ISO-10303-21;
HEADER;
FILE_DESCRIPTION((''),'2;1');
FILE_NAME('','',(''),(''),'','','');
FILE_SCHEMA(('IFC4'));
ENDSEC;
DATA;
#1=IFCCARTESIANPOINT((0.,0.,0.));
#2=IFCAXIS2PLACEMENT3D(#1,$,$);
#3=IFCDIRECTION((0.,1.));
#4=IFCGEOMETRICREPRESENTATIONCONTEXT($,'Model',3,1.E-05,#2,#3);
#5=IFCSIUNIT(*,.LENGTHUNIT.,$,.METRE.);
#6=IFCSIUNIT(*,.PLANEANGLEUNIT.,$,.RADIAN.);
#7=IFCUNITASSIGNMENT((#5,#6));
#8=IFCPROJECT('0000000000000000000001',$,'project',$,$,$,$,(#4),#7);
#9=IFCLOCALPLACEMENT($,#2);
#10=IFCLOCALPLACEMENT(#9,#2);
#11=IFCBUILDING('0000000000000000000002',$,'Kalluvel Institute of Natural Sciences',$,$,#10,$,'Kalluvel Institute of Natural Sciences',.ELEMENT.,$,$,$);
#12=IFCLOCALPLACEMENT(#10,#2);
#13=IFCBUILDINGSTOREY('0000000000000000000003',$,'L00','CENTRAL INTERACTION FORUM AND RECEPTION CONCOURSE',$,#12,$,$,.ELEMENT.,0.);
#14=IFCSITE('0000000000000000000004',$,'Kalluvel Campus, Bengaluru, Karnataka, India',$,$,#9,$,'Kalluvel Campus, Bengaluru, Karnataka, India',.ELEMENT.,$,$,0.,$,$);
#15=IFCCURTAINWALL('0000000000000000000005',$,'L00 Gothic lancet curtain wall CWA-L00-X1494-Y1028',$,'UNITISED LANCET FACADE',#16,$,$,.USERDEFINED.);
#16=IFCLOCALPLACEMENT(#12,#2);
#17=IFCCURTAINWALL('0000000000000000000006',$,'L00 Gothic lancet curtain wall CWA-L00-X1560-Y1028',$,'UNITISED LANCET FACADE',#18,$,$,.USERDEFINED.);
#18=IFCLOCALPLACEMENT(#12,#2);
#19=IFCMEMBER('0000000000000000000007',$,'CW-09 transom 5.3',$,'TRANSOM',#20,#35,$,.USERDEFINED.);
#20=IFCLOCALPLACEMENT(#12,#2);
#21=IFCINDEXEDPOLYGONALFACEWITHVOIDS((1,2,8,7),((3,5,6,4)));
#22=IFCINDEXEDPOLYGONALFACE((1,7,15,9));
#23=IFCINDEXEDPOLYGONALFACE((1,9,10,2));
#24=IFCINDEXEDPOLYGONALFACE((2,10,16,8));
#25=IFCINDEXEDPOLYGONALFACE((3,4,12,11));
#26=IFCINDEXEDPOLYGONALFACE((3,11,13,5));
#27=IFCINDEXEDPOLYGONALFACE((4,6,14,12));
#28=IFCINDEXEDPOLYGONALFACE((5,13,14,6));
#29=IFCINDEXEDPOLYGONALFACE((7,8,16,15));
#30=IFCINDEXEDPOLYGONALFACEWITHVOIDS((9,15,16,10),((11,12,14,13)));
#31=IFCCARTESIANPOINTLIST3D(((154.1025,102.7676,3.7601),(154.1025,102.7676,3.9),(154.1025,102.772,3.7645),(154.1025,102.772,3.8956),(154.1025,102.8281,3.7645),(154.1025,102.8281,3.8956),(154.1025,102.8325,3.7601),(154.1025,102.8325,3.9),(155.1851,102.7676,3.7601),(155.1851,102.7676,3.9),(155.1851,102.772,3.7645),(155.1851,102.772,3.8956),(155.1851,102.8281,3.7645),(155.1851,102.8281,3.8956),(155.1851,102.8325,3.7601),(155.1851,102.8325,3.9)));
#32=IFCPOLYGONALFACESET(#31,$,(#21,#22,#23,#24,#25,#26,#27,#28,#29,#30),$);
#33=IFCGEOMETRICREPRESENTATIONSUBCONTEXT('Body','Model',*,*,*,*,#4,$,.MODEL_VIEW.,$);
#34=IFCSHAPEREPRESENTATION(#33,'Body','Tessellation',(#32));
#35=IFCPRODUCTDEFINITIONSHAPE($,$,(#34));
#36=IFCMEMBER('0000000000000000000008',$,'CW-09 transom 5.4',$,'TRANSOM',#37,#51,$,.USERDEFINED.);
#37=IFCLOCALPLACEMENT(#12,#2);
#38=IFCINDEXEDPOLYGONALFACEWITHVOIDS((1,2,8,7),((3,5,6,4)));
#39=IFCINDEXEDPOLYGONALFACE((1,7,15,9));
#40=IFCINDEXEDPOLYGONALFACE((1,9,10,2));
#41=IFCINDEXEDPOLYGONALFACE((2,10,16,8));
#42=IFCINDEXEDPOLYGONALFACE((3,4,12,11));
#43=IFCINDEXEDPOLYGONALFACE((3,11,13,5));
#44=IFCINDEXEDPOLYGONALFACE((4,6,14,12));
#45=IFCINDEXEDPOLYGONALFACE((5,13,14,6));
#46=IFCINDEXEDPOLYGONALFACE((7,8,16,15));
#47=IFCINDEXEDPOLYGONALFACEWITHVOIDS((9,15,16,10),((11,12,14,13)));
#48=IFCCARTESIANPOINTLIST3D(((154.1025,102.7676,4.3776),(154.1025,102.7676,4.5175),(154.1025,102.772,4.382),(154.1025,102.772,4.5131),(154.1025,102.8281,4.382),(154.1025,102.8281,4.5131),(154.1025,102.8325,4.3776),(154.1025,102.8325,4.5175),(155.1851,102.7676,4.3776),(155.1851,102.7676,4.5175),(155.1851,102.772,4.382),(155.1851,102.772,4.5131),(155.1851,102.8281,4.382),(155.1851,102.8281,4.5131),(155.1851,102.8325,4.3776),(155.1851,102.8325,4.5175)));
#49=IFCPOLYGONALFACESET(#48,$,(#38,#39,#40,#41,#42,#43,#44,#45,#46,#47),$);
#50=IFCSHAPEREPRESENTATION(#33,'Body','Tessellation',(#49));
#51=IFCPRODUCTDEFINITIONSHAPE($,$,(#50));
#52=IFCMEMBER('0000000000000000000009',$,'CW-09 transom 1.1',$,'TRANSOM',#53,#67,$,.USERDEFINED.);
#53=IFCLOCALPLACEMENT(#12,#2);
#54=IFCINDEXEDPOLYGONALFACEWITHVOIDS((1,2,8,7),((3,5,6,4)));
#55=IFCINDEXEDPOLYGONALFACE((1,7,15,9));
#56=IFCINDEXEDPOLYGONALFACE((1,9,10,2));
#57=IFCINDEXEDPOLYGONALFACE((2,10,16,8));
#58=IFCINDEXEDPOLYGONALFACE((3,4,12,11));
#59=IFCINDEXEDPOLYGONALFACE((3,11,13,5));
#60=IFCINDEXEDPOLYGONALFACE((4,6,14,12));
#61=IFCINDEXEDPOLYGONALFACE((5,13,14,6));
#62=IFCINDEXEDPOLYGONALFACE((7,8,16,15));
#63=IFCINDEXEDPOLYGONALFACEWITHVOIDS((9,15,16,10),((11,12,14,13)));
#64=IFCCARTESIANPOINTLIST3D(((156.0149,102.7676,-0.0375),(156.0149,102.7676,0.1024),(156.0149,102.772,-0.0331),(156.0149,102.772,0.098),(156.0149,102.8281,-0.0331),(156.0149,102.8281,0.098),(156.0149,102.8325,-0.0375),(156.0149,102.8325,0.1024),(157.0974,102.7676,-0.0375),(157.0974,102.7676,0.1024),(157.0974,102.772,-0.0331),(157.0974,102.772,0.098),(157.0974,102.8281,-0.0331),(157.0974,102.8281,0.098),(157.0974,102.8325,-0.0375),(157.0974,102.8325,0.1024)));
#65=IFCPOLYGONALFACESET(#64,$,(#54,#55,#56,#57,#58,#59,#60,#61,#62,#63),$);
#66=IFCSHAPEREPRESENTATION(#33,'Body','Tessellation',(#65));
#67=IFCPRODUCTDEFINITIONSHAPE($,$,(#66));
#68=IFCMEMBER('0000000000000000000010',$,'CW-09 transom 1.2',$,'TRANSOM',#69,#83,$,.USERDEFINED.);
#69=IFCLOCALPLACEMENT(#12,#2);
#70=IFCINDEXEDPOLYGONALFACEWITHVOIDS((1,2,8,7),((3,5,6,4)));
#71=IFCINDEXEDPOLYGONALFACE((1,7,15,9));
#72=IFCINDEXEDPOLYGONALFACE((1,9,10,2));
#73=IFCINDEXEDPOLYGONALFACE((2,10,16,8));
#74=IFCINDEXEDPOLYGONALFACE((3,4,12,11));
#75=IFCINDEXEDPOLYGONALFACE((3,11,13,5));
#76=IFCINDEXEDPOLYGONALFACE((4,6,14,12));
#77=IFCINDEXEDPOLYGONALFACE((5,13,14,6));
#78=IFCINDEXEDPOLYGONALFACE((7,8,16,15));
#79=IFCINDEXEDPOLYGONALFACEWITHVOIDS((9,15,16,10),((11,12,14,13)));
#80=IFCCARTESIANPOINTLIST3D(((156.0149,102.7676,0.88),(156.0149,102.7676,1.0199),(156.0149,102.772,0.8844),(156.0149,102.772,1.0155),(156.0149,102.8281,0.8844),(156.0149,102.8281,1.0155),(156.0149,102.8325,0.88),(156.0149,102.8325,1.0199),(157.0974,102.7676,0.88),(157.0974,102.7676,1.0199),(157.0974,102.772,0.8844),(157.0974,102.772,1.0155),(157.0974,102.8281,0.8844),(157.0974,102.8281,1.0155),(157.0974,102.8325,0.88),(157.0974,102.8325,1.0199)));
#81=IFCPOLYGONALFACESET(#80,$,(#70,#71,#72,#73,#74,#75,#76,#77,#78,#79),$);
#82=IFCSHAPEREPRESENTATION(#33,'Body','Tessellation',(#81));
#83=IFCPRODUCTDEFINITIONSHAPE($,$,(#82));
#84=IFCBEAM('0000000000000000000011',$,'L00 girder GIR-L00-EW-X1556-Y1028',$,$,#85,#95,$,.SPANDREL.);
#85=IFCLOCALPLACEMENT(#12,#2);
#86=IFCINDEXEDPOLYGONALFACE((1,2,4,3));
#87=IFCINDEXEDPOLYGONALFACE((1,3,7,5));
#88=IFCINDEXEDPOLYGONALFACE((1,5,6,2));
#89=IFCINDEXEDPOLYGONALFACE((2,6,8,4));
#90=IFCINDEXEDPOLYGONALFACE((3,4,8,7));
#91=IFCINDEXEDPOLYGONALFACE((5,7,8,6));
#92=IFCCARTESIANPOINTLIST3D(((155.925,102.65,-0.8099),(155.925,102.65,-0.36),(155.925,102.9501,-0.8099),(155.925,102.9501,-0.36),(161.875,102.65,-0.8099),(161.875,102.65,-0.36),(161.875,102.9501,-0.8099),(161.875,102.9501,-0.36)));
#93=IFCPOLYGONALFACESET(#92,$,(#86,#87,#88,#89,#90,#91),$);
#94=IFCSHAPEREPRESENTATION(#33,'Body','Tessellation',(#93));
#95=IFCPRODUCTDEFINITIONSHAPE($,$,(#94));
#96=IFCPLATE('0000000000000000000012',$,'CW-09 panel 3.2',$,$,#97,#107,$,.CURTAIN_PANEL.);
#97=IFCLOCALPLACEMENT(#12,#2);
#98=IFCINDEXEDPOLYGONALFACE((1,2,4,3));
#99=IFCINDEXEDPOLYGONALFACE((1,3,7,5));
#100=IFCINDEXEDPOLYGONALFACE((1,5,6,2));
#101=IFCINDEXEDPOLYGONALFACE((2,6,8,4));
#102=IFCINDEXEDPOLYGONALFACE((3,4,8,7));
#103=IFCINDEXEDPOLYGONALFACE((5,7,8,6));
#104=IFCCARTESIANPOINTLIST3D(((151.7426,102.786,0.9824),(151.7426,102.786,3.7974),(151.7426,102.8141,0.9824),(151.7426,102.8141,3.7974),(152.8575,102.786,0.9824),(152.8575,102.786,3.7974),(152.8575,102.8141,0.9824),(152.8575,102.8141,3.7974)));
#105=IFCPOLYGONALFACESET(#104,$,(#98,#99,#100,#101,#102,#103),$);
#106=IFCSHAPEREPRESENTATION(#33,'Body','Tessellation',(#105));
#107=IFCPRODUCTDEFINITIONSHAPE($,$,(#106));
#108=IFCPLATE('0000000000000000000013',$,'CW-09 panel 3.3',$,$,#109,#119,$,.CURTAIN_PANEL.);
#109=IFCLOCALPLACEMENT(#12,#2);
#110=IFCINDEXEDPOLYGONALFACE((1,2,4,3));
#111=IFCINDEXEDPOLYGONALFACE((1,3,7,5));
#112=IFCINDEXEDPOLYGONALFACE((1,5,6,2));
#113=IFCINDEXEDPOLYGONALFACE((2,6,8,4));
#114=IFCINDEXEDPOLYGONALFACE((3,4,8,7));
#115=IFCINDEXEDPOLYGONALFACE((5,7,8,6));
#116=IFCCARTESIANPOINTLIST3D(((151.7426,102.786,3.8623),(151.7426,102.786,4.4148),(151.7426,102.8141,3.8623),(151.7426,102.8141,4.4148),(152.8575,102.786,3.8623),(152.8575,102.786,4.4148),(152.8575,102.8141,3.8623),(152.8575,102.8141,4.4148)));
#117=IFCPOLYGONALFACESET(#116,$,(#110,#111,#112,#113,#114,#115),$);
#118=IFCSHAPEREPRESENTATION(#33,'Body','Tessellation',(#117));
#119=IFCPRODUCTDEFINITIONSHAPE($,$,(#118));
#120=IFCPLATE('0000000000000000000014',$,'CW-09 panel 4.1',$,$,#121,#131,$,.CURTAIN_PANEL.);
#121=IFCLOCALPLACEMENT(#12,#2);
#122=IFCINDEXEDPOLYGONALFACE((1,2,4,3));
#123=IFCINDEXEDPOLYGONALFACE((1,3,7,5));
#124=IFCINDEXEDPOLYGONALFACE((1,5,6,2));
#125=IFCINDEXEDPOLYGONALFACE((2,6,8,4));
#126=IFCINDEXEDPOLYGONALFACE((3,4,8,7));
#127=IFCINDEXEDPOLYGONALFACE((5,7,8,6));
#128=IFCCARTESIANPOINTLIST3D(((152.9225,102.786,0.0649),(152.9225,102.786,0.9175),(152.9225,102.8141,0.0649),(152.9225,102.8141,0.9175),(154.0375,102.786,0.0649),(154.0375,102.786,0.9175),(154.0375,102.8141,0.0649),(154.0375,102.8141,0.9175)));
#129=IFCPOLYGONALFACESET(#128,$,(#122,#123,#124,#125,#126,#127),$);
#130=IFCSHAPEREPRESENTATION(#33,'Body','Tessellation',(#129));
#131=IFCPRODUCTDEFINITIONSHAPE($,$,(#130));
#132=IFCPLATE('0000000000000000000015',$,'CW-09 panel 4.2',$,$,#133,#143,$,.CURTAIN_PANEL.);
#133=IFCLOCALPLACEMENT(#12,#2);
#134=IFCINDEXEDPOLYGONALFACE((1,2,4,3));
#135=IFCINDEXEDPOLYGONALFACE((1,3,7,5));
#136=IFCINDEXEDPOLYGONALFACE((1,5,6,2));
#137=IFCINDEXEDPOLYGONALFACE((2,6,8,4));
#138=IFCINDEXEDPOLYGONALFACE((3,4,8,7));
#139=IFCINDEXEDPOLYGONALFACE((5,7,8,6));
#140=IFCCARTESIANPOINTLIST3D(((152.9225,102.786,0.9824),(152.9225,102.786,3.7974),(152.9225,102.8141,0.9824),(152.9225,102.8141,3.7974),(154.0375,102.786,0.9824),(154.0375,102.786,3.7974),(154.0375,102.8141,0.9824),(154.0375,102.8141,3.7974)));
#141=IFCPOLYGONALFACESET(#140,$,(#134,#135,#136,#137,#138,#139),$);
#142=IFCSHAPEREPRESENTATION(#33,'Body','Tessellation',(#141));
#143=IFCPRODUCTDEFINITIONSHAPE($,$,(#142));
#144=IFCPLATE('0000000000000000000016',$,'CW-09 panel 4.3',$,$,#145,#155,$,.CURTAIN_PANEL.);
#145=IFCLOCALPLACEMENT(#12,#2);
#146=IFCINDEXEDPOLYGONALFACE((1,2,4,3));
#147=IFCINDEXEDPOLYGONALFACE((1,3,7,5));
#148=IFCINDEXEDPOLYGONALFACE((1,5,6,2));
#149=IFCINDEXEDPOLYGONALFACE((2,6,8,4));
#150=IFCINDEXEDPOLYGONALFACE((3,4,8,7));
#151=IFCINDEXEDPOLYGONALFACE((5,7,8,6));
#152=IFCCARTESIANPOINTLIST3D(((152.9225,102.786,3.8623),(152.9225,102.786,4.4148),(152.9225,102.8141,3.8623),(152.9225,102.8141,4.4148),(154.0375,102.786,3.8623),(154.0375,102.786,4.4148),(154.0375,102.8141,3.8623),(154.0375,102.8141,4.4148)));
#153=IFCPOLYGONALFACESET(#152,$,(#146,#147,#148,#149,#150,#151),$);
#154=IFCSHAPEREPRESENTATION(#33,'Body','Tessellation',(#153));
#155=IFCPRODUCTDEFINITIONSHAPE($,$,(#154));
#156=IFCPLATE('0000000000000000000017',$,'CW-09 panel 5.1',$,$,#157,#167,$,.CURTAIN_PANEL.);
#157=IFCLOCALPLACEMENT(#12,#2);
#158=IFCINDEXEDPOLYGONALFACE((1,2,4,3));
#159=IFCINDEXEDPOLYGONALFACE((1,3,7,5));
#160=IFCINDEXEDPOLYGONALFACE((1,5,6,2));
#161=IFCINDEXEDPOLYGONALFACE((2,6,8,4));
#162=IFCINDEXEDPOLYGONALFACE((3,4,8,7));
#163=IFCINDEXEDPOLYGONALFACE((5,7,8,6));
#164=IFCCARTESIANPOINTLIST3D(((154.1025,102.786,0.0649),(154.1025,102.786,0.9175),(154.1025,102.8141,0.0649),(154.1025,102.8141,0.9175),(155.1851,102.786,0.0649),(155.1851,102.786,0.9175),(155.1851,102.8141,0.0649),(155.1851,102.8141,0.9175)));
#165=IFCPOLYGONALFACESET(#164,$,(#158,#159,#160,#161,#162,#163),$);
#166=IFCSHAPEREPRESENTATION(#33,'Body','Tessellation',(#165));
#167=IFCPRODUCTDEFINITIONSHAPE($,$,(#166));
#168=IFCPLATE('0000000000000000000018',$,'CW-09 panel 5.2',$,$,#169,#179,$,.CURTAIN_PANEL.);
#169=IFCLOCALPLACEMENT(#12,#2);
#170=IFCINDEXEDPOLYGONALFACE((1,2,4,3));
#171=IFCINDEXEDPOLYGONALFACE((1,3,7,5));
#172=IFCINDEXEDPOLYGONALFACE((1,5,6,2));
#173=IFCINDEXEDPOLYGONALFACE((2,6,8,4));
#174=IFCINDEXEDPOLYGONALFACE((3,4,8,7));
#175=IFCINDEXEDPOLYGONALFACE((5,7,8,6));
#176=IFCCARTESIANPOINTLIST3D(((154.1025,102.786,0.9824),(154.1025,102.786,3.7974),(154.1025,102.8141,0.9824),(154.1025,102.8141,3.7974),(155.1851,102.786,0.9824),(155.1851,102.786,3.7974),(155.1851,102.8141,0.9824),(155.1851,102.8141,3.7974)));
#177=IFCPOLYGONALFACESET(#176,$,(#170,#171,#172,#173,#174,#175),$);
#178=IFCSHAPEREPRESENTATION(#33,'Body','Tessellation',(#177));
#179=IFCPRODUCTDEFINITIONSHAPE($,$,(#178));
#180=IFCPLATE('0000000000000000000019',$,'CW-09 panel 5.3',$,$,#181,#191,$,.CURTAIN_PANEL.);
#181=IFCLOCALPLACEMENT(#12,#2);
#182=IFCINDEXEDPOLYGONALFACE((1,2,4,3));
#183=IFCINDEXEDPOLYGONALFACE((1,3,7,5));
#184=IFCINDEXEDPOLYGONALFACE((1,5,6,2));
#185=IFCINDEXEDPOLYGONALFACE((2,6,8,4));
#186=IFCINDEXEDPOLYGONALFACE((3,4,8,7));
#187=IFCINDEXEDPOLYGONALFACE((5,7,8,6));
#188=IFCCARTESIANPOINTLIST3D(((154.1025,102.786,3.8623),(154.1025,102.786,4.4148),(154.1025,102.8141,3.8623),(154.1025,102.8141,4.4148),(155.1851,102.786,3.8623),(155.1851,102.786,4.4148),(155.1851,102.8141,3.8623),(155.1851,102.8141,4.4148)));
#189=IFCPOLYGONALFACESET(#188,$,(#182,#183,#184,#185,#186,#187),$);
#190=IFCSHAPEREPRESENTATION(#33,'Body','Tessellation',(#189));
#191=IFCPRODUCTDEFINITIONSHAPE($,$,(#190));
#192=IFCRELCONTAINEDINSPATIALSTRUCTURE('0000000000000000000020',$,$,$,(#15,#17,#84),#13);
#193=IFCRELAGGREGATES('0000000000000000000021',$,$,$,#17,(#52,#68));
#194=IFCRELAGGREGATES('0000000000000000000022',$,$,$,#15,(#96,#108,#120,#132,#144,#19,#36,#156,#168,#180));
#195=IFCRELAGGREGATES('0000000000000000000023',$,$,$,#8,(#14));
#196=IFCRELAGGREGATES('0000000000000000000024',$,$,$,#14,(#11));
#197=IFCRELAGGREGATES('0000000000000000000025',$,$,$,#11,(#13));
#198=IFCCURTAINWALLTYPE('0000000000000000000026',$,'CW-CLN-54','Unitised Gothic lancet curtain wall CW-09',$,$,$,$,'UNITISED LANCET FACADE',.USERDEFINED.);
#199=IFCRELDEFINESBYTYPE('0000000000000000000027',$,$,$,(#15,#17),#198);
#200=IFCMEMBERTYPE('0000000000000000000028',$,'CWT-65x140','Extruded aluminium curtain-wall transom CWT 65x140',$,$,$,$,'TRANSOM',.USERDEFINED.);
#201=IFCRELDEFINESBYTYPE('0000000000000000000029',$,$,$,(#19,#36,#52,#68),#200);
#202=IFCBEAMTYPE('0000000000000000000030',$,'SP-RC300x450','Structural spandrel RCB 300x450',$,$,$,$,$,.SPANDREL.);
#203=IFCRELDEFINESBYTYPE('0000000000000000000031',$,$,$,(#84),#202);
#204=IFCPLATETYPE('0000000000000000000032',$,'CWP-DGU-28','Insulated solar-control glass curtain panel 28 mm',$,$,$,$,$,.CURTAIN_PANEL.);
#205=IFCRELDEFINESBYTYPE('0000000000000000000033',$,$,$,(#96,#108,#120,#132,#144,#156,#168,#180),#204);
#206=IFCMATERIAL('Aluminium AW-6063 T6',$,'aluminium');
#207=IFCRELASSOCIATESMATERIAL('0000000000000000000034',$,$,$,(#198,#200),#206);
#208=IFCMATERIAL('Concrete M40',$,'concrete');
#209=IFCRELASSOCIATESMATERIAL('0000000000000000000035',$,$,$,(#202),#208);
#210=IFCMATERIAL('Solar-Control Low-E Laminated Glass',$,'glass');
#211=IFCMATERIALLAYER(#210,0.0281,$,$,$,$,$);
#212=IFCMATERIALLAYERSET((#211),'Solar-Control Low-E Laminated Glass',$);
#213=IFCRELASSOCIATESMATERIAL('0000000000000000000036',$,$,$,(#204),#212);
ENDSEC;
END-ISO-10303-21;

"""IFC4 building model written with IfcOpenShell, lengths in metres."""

from ifc_helpers import new_model, si_unit, direction, frame, origin, origin_2d, place, context, subcontext, project, spatial, rectangle, hollow_rectangle, extrude, material, layer, layer_set, material_profile, profile_set, type_object, element, aggregate, save


model = new_model("IFC4")

# Units and contexts
model_context = context("Model", 3, precision=1e-05, world=origin(), true_north=direction((0.0, 1.0)))
body_context = subcontext(model_context, "Body", "Model", "MODEL_VIEW")
ifc_project = project(units=[si_unit("LENGTHUNIT", "METRE"), si_unit("PLANEANGLEUNIT", "RADIAN")], contexts=[model_context])

# Site, building, storey
site_placement = place(None, origin())
site = spatial("IfcSite", under=ifc_project, at=site_placement, Name="Kalluvel Campus, Bengaluru, Karnataka, India", LongName="Kalluvel Campus, Bengaluru, Karnataka, India", CompositionType="ELEMENT", RefElevation=0.0)
building_placement = place(site_placement, origin())
building = spatial("IfcBuilding", under=site, at=building_placement, Name="Kalluvel Institute of Natural Sciences", LongName="Kalluvel Institute of Natural Sciences", CompositionType="ELEMENT")
storey_placement = place(building_placement, origin())
storey = spatial("IfcBuildingStorey", under=building, at=storey_placement, Name="L00", Description="CENTRAL INTERACTION FORUM AND RECEPTION CONCOURSE", CompositionType="ELEMENT", Elevation=0.0)

# Shared definitions
ifc_material_1 = material(Name="Concrete M40", Category="concrete")

# Curtain wall
ifc_material_2 = material(Name="Aluminium AW-6063 T6", Category="aluminium")
curtain_wall_type = type_object("IfcCurtainWallType", Name="CW-CLN-54", Description="Unitised Gothic lancet curtain wall CW-09", ElementType="UNITISED LANCET FACADE", PredefinedType="USERDEFINED", material=ifc_material_2)
curtain_wall_1_placement = place(storey_placement, origin())
curtain_wall_1 = element("IfcCurtainWall", 1, at=curtain_wall_1_placement, inside=storey, type_object=curtain_wall_type, Name="L00 Gothic lancet curtain wall CWA-L00-X1494-Y1028", ObjectType="UNITISED LANCET FACADE", PredefinedType="USERDEFINED")

# Curtain wall
curtain_wall_2_placement = place(storey_placement, origin())
curtain_wall_2 = element("IfcCurtainWall", 2, at=curtain_wall_2_placement, inside=storey, type_object=curtain_wall_type, Name="L00 Gothic lancet curtain wall CWA-L00-X1560-Y1028", ObjectType="UNITISED LANCET FACADE", PredefinedType="USERDEFINED")

# Members
ifc_material_profile_1 = material_profile(ifc_material_2, hollow_rectangle(XDim=0.0649, YDim=0.1399, WallThickness=0.0044, at=origin_2d()), Name="CWT 65x140")
ifc_profile_set_1 = profile_set([ifc_material_profile_1], Name="Aluminium AW-6063 T6")
member_type_1 = type_object("IfcMemberType", Name="CWT-65x140", Description="Extruded aluminium curtain-wall transom CWT 65x140", ElementType="TRANSOM", PredefinedType="USERDEFINED", material=ifc_profile_set_1)
member_1_placement = place(storey_placement, frame((154.1025, 102.8, 3.8301), z_axis=(1.0, 0.0, 0.0), x_axis=(0.0, 1.0, 0.0)))
member_1 = element("IfcMember", 3, at=member_1_placement, type_object=member_type_1, Name="CW-09 transom 5.3", ObjectType="TRANSOM", PredefinedType="USERDEFINED", context=body_context, shape_type="SweptSolid", body=[
    extrude(hollow_rectangle(XDim=0.0649, YDim=0.1399, WallThickness=0.0044, at=origin_2d()), origin(), (0.0, 0.0, 1.0), 1.0825),
])
member_2_placement = place(storey_placement, frame((154.1025, 102.8, 4.4475), z_axis=(1.0, 0.0, 0.0), x_axis=(0.0, 1.0, 0.0)))
member_2 = element("IfcMember", 4, at=member_2_placement, type_object=member_type_1, Name="CW-09 transom 5.4", ObjectType="TRANSOM", PredefinedType="USERDEFINED", context=body_context, shape_type="SweptSolid", body=[
    extrude(hollow_rectangle(XDim=0.0649, YDim=0.1399, WallThickness=0.0044, at=origin_2d()), origin(), (0.0, 0.0, 1.0), 1.0825),
])
member_3_placement = place(storey_placement, frame((156.0149, 102.8, 0.0325), z_axis=(1.0, 0.0, 0.0), x_axis=(0.0, 1.0, 0.0)))
member_3 = element("IfcMember", 5, at=member_3_placement, type_object=member_type_1, Name="CW-09 transom 1.1", ObjectType="TRANSOM", PredefinedType="USERDEFINED", context=body_context, shape_type="SweptSolid", body=[
    extrude(hollow_rectangle(XDim=0.0649, YDim=0.1399, WallThickness=0.0044, at=origin_2d()), origin(), (0.0, 0.0, 1.0), 1.0825),
])
member_4_placement = place(storey_placement, frame((156.0149, 102.8, 0.95), z_axis=(1.0, 0.0, 0.0), x_axis=(0.0, 1.0, 0.0)))
member_4 = element("IfcMember", 6, at=member_4_placement, type_object=member_type_1, Name="CW-09 transom 1.2", ObjectType="TRANSOM", PredefinedType="USERDEFINED", context=body_context, shape_type="SweptSolid", body=[
    extrude(hollow_rectangle(XDim=0.0649, YDim=0.1399, WallThickness=0.0044, at=origin_2d()), origin(), (0.0, 0.0, 1.0), 1.0825),
])
aggregate(curtain_wall_2, [member_3, member_4])

# Beam
ifc_material_profile_2 = material_profile(ifc_material_1, rectangle(XDim=0.3, YDim=0.45, at=origin_2d()), Name="RCB 300x450")
ifc_profile_set_2 = profile_set([ifc_material_profile_2], Name="Concrete M40")
beam_type = type_object("IfcBeamType", Name="SP-RC300x450", Description="Structural spandrel RCB 300x450", PredefinedType="SPANDREL", material=ifc_profile_set_2)
beam_placement = place(storey_placement, frame((155.925, 102.8, -0.585), z_axis=(1.0, 0.0, 0.0), x_axis=(0.0, 1.0, 0.0)))
element("IfcBeam", 7, at=beam_placement, inside=storey, type_object=beam_type, Name="L00 girder GIR-L00-EW-X1556-Y1028", PredefinedType="SPANDREL", context=body_context, shape_type="SweptSolid", body=[
    extrude(rectangle(XDim=0.3, YDim=0.45, at=origin_2d()), origin(), (0.0, 0.0, 1.0), 5.95),
])

# Plates
ifc_material_3 = material(Name="Solar-Control Low-E Laminated Glass", Category="glass")
ifc_layer = layer(ifc_material_3, 0.0281)
ifc_layer_set = layer_set([ifc_layer], Name="Solar-Control Low-E Laminated Glass")
plate_type = type_object("IfcPlateType", Name="CWP-DGU-28", Description="Insulated solar-control glass curtain panel 28 mm", PredefinedType="CURTAIN_PANEL", material=ifc_layer_set)
plate_1_placement = place(storey_placement, frame((152.3, 102.8, 0.9824), z_axis=(0.0, 0.0, 1.0), x_axis=(1.0, 0.0, 0.0)))
plate_1 = element("IfcPlate", 8, at=plate_1_placement, type_object=plate_type, Name="CW-09 panel 3.2", PredefinedType="CURTAIN_PANEL", context=body_context, shape_type="SweptSolid", body=[
    extrude(rectangle(XDim=1.115, YDim=0.0281, at=origin_2d()), origin(), (0.0, 0.0, 1.0), 2.8149),
])
plate_2_placement = place(storey_placement, frame((152.3, 102.8, 3.8623), z_axis=(0.0, 0.0, 1.0), x_axis=(1.0, 0.0, 0.0)))
plate_2 = element("IfcPlate", 9, at=plate_2_placement, type_object=plate_type, Name="CW-09 panel 3.3", PredefinedType="CURTAIN_PANEL", context=body_context, shape_type="SweptSolid", body=[
    extrude(rectangle(XDim=1.115, YDim=0.0281, at=origin_2d()), origin(), (0.0, 0.0, 1.0), 0.5525),
])
plate_3_placement = place(storey_placement, frame((153.48, 102.8, 0.0649), z_axis=(0.0, 0.0, 1.0), x_axis=(1.0, 0.0, 0.0)))
plate_3 = element("IfcPlate", 10, at=plate_3_placement, type_object=plate_type, Name="CW-09 panel 4.1", PredefinedType="CURTAIN_PANEL", context=body_context, shape_type="SweptSolid", body=[
    extrude(rectangle(XDim=1.115, YDim=0.0281, at=origin_2d()), origin(), (0.0, 0.0, 1.0), 0.8525),
])
plate_4_placement = place(storey_placement, frame((153.48, 102.8, 0.9824), z_axis=(0.0, 0.0, 1.0), x_axis=(1.0, 0.0, 0.0)))
plate_4 = element("IfcPlate", 11, at=plate_4_placement, type_object=plate_type, Name="CW-09 panel 4.2", PredefinedType="CURTAIN_PANEL", context=body_context, shape_type="SweptSolid", body=[
    extrude(rectangle(XDim=1.115, YDim=0.0281, at=origin_2d()), origin(), (0.0, 0.0, 1.0), 2.8149),
])
plate_5_placement = place(storey_placement, frame((153.48, 102.8, 3.8623), z_axis=(0.0, 0.0, 1.0), x_axis=(1.0, 0.0, 0.0)))
plate_5 = element("IfcPlate", 12, at=plate_5_placement, type_object=plate_type, Name="CW-09 panel 4.3", PredefinedType="CURTAIN_PANEL", context=body_context, shape_type="SweptSolid", body=[
    extrude(rectangle(XDim=1.115, YDim=0.0281, at=origin_2d()), origin(), (0.0, 0.0, 1.0), 0.5525),
])
plate_6_placement = place(storey_placement, frame((154.6438, 102.8, 0.0649), z_axis=(0.0, 0.0, 1.0), x_axis=(1.0, 0.0, 0.0)))
plate_6 = element("IfcPlate", 13, at=plate_6_placement, type_object=plate_type, Name="CW-09 panel 5.1", PredefinedType="CURTAIN_PANEL", context=body_context, shape_type="SweptSolid", body=[
    extrude(rectangle(XDim=1.0825, YDim=0.0281, at=origin_2d()), origin(), (0.0, 0.0, 1.0), 0.8525),
])
plate_7_placement = place(storey_placement, frame((154.6438, 102.8, 0.9824), z_axis=(0.0, 0.0, 1.0), x_axis=(1.0, 0.0, 0.0)))
plate_7 = element("IfcPlate", 14, at=plate_7_placement, type_object=plate_type, Name="CW-09 panel 5.2", PredefinedType="CURTAIN_PANEL", context=body_context, shape_type="SweptSolid", body=[
    extrude(rectangle(XDim=1.0825, YDim=0.0281, at=origin_2d()), origin(), (0.0, 0.0, 1.0), 2.8149),
])
plate_8_placement = place(storey_placement, frame((154.6438, 102.8, 3.8623), z_axis=(0.0, 0.0, 1.0), x_axis=(1.0, 0.0, 0.0)))
plate_8 = element("IfcPlate", 15, at=plate_8_placement, type_object=plate_type, Name="CW-09 panel 5.3", PredefinedType="CURTAIN_PANEL", context=body_context, shape_type="SweptSolid", body=[
    extrude(rectangle(XDim=1.0825, YDim=0.0281, at=origin_2d()), origin(), (0.0, 0.0, 1.0), 0.5525),
])
aggregate(curtain_wall_1, [plate_1, plate_2, plate_3, plate_4, plate_5, member_1, member_2, plate_6, plate_7, plate_8])

save(model, "model.ifc")
